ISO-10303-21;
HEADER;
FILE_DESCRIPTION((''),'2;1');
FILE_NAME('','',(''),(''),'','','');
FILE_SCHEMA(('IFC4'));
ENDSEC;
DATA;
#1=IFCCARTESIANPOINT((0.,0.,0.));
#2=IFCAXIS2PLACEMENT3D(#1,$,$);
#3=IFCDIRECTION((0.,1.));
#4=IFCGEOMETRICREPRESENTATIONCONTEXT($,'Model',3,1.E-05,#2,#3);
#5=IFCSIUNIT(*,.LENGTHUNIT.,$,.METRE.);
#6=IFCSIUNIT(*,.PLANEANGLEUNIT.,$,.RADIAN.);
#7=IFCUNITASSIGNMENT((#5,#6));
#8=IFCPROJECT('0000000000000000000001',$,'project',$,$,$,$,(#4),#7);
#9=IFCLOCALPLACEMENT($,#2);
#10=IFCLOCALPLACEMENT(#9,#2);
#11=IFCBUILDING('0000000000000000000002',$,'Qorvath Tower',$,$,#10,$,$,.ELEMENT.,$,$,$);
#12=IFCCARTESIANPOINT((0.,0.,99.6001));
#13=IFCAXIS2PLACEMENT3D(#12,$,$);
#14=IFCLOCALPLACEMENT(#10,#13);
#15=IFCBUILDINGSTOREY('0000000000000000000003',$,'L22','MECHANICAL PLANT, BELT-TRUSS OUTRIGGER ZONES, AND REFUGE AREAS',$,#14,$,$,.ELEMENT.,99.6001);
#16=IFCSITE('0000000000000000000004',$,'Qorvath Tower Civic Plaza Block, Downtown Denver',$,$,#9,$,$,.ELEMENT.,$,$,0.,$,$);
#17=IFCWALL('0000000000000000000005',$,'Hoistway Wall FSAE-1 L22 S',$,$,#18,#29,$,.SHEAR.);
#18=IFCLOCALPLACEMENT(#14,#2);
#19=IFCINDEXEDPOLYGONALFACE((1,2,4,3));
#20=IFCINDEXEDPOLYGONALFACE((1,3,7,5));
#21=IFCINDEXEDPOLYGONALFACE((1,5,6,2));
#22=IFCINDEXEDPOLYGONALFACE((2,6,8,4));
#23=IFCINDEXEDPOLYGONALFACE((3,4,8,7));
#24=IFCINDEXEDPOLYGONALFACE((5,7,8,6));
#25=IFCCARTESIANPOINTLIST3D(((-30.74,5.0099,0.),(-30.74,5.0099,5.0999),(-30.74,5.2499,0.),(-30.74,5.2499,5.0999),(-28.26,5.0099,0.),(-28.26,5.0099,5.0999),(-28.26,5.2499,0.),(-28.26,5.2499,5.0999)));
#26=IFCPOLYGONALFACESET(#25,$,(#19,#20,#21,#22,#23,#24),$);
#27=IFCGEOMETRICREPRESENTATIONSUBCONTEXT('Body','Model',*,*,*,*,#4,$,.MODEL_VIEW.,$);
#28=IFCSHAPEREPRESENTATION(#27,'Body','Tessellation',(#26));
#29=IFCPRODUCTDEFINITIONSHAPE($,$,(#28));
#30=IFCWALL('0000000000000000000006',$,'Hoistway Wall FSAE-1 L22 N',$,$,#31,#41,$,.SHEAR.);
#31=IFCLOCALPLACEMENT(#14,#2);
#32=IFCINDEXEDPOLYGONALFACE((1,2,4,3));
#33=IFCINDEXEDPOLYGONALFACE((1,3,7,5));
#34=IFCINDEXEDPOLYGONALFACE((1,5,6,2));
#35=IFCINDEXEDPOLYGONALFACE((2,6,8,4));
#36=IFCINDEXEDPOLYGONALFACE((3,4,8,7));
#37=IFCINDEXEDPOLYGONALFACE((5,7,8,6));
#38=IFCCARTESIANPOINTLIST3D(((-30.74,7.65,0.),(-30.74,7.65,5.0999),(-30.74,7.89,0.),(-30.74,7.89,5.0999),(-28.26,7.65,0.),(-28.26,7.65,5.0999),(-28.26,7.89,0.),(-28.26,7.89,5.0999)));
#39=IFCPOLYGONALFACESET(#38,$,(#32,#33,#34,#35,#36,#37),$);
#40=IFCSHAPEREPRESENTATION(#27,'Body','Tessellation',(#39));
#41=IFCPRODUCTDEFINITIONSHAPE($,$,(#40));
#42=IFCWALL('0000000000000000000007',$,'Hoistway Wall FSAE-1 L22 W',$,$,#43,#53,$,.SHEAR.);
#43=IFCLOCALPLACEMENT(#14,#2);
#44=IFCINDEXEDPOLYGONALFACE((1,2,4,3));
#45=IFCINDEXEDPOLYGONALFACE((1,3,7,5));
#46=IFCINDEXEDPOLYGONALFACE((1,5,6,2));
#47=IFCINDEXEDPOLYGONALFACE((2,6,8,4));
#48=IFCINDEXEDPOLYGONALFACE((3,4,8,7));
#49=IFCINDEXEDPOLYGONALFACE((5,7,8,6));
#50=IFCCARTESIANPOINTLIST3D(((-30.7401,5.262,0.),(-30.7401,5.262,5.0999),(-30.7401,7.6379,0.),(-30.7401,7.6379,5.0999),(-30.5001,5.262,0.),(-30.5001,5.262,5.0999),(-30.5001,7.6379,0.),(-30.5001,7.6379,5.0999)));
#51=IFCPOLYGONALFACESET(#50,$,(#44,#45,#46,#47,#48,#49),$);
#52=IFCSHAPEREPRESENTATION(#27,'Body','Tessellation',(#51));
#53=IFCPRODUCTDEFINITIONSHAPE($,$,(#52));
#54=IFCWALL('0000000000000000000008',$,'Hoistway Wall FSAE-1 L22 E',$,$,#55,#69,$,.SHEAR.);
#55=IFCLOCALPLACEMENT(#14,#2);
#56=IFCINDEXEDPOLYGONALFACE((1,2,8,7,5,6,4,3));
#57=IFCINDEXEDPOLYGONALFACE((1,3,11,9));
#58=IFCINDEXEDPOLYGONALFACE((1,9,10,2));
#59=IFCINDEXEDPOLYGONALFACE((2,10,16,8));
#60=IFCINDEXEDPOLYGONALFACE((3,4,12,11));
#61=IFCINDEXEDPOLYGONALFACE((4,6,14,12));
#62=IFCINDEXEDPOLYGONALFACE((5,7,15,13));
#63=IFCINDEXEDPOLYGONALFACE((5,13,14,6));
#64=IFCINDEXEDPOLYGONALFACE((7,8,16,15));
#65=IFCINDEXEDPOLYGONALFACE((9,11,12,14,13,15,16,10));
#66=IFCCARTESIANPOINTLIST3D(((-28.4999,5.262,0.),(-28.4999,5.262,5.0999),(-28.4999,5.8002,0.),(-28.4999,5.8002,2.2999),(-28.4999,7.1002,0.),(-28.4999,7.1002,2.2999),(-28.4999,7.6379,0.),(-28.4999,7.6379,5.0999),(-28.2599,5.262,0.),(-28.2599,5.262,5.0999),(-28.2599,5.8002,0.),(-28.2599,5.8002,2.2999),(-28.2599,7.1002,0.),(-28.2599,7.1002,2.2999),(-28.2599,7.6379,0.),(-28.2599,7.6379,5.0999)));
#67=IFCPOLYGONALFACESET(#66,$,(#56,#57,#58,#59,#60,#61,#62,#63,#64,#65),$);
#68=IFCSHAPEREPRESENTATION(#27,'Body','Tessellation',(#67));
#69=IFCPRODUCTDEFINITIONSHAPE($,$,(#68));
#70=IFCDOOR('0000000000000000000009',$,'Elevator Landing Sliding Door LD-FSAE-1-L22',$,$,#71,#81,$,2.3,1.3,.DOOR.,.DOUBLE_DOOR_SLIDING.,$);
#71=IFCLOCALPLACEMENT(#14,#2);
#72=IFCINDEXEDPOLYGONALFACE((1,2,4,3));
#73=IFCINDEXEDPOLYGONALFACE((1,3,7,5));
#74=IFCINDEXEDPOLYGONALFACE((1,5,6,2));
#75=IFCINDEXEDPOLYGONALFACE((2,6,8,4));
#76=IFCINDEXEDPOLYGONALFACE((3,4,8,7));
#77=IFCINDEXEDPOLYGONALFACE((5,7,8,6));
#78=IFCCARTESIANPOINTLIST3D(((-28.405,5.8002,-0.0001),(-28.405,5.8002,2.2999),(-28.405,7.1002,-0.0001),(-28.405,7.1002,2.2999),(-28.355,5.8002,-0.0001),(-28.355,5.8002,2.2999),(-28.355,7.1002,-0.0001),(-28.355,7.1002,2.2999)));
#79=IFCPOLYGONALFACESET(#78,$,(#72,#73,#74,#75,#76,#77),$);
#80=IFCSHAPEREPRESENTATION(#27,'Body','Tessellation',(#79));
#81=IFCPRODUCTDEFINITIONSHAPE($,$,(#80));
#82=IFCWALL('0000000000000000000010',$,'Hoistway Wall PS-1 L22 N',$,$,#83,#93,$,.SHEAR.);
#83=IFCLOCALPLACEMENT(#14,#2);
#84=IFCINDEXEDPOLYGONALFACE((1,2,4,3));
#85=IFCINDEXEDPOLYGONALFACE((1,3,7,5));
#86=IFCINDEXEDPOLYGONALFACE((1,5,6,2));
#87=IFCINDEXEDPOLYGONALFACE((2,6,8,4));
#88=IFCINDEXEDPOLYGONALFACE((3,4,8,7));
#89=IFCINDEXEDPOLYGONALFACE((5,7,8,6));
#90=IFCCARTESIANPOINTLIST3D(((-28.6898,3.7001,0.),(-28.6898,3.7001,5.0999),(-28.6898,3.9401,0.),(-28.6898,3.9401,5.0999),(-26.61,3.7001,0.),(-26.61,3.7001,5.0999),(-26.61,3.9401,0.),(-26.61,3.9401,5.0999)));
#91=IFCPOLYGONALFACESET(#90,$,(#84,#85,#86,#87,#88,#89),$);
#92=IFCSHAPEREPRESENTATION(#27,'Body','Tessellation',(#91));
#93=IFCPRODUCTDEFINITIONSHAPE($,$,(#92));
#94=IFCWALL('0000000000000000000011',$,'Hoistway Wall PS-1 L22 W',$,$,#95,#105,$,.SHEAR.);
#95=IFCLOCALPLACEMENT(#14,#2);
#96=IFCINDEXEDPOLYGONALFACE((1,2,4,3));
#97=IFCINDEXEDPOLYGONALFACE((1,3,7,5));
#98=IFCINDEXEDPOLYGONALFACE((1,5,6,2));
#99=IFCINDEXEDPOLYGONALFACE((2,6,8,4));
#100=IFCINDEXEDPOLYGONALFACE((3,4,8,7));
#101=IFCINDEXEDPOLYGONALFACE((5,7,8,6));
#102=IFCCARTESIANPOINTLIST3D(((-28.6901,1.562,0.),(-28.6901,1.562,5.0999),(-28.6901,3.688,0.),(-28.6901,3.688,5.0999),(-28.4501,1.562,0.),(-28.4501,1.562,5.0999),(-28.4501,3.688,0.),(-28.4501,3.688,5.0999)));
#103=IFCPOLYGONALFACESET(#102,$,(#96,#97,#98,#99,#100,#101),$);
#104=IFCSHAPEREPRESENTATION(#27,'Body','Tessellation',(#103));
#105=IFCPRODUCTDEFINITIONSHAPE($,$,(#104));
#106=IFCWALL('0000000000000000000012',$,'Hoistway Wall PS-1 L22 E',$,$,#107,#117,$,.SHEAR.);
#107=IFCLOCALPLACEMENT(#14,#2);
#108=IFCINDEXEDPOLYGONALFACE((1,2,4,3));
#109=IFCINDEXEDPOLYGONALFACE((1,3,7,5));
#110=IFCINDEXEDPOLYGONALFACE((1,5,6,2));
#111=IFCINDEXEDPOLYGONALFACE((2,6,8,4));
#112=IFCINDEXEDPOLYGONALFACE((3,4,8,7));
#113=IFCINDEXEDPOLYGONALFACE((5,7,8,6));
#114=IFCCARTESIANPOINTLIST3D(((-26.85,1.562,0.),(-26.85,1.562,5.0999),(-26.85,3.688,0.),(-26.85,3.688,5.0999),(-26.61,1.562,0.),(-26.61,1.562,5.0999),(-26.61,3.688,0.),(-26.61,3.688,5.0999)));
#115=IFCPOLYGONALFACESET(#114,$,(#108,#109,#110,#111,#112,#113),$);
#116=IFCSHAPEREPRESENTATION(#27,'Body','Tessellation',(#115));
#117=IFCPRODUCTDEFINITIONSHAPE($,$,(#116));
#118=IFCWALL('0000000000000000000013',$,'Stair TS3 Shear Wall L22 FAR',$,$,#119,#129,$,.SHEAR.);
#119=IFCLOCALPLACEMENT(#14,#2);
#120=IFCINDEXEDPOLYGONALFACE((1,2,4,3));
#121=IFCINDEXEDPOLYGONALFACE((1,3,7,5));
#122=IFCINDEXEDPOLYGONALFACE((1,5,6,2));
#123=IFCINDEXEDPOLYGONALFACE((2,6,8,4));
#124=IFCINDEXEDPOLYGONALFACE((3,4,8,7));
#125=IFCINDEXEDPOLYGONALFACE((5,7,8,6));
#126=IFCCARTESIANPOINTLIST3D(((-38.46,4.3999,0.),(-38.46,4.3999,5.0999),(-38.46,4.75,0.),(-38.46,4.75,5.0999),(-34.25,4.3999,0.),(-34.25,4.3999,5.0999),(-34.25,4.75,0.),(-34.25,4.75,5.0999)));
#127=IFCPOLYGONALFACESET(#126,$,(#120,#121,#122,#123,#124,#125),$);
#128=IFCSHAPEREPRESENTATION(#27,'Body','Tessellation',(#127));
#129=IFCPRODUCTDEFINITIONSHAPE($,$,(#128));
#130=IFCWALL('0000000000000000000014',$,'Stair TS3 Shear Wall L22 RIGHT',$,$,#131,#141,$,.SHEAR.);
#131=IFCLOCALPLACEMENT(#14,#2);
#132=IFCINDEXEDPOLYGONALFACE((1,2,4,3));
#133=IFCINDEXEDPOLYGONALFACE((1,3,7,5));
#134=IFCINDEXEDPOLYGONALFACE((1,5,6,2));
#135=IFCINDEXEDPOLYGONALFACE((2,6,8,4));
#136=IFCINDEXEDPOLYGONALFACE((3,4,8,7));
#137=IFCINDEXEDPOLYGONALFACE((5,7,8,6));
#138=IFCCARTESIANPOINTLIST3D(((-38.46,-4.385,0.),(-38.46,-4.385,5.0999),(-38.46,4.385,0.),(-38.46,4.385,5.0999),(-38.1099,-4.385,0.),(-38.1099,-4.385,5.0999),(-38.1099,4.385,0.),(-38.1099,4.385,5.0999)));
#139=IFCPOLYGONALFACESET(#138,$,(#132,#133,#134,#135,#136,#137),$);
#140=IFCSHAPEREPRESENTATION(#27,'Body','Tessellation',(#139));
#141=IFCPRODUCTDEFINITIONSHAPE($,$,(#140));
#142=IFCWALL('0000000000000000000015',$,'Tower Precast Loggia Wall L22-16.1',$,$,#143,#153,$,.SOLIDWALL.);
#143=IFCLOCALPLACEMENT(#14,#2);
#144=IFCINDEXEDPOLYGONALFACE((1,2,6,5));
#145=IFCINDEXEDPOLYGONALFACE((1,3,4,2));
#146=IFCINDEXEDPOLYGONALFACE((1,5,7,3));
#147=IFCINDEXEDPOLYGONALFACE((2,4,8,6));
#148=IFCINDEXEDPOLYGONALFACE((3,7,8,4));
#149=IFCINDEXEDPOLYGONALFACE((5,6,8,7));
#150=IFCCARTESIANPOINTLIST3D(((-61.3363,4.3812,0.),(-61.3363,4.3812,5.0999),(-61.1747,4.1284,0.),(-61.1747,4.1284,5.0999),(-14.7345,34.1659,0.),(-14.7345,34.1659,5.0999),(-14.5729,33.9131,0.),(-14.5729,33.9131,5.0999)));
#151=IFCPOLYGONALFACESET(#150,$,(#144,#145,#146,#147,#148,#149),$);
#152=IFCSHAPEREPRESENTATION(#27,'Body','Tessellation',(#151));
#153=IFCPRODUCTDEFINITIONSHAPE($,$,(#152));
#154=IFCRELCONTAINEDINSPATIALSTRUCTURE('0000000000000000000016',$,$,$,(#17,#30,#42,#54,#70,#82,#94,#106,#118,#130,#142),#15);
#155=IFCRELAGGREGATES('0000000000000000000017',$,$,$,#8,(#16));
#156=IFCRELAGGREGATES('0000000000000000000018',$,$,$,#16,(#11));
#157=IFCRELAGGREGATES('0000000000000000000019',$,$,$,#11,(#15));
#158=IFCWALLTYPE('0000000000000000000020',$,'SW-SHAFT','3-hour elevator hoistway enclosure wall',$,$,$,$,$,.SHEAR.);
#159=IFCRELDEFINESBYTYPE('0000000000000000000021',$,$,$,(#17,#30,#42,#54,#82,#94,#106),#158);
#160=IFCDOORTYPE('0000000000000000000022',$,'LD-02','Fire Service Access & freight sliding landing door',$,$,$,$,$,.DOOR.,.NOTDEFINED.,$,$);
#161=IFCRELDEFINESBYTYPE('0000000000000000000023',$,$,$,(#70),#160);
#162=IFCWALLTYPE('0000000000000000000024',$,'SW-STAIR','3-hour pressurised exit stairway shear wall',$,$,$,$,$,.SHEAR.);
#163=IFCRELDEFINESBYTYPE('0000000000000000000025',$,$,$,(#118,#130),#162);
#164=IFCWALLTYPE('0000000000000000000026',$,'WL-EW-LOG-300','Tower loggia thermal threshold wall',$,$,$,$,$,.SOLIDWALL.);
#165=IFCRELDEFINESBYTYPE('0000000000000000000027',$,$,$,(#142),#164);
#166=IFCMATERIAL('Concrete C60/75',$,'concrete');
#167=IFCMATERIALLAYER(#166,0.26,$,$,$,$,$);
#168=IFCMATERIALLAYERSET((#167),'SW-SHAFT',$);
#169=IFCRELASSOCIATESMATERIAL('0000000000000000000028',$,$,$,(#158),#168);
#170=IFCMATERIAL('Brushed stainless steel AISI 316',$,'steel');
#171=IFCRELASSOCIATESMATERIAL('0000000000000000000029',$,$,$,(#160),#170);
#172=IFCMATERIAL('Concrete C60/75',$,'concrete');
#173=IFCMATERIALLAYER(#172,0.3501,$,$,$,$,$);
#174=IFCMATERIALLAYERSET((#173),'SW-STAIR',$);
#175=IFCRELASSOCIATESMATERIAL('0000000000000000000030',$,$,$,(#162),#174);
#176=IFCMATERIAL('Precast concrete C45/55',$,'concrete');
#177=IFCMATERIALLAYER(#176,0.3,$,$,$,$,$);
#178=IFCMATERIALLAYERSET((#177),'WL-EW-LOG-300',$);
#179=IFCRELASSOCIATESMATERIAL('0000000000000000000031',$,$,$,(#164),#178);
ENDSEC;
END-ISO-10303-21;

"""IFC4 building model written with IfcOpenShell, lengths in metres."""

from ifc_helpers import new_model, si_unit, direction, frame, frame_2d, origin, place, context, subcontext, project, spatial, rectangle, extrude, material, layer, layer_set, type_object, element, fill, save


model = new_model("IFC4")

# Units and contexts
model_context = context("Model", 3, precision=1e-05, world=origin(), true_north=direction((0.0, 1.0)))
body_context = subcontext(model_context, "Body", "Model", "MODEL_VIEW")
ifc_project = project(units=[si_unit("LENGTHUNIT", "METRE"), si_unit("PLANEANGLEUNIT", "RADIAN")], contexts=[model_context])

# Site, building, storey
site_placement = place(None, origin())
site = spatial("IfcSite", under=ifc_project, at=site_placement, Name="Qorvath Tower Civic Plaza Block, Downtown Denver", CompositionType="ELEMENT", RefElevation=0.0)
building_placement = place(site_placement, origin())
building = spatial("IfcBuilding", under=site, at=building_placement, Name="Qorvath Tower", CompositionType="ELEMENT")
storey_placement = place(building_placement, frame((0.0, 0.0, 99.6001)))
storey = spatial("IfcBuildingStorey", under=building, at=storey_placement, Name="L22", Description="MECHANICAL PLANT, BELT-TRUSS OUTRIGGER ZONES, AND REFUGE AREAS", CompositionType="ELEMENT", Elevation=99.6001)

# Walls
ifc_material_1 = material(Name="Concrete C60/75", Category="concrete")
ifc_layer_1 = layer(ifc_material_1, 0.26)
ifc_layer_set_1 = layer_set([ifc_layer_1], Name="SW-SHAFT")
wall_type_1 = type_object("IfcWallType", Name="SW-SHAFT", Description="3-hour elevator hoistway enclosure wall", PredefinedType="SHEAR", material=ifc_layer_set_1)
for number, where, z_axis, x_axis, name in (
    (1, (-28.26, 5.1299, 0.0), (0.0, 0.0, 1.0), (-1.0, 0.0, 0.0), "Hoistway Wall FSAE-1 L22 S"),
    (2, (-30.74, 7.77, 0.0), (0.0, 0.0, 1.0), (1.0, 0.0, 0.0), "Hoistway Wall FSAE-1 L22 N"),
):
    element("IfcWall", number, at=place(storey_placement, frame(where, z_axis=z_axis, x_axis=x_axis)), inside=storey, type_object=wall_type_1, Name=name, PredefinedType="SHEAR", context=body_context, shape_type="SweptSolid", body=[
        extrude(rectangle(XDim=2.48, YDim=0.24, at=frame_2d((1.24, 0.0))), origin(), (0.0, 0.0, 1.0), 5.0999),
    ])
wall_1_placement = place(storey_placement, frame((-30.6201, 5.262, 0.0), z_axis=(0.0, 0.0, 1.0), x_axis=(0.0, 1.0, 0.0)))
element("IfcWall", 3, at=wall_1_placement, inside=storey, type_object=wall_type_1, Name="Hoistway Wall FSAE-1 L22 W", PredefinedType="SHEAR", context=body_context, shape_type="SweptSolid", body=[
    extrude(rectangle(XDim=2.376, YDim=0.24, at=frame_2d((1.188, 0.0))), origin(), (0.0, 0.0, 1.0), 5.0999),
])

# Wall, opening, door
wall_2_placement = place(storey_placement, frame((-28.3799, 7.6379, 0.0), z_axis=(0.0, 0.0, 1.0), x_axis=(0.0, -1.0, 0.0)))
wall_2 = element("IfcWall", 4, at=wall_2_placement, inside=storey, type_object=wall_type_1, Name="Hoistway Wall FSAE-1 L22 E", PredefinedType="SHEAR", context=body_context, shape_type="SweptSolid", body=[
    extrude(rectangle(XDim=2.376, YDim=0.24, at=frame_2d((1.188, 0.0))), origin(), (0.0, 0.0, 1.0), 5.0999),
])
opening_placement = place(wall_2_placement, frame((0.5378, 0.0, 0.0)))
opening = element("IfcOpeningElement", 5, at=opening_placement, cuts=wall_2, PredefinedType="OPENING", context=body_context, shape_type="SweptSolid", body=[
    extrude(rectangle(XDim=1.3, YDim=2.3, at=frame_2d((0.6499, 1.1499))), frame((0.0, 0.1299, 0.0), z_axis=(0.0, -1.0, 0.0), x_axis=(1.0, 0.0, 0.0)), (0.0, 0.0, 1.0), 0.26),
])
ifc_material_2 = material(Name="Brushed stainless steel AISI 316", Category="steel")
door_type = type_object("IfcDoorType", Name="LD-02", Description="Fire Service Access & freight sliding landing door", OperationType="NOTDEFINED", PredefinedType="DOOR", material=ifc_material_2)
door_placement = place(opening_placement, origin())
door = element("IfcDoor", 6, at=door_placement, inside=storey, type_object=door_type, Name="Elevator Landing Sliding Door LD-FSAE-1-L22", OperationType="DOUBLE_DOOR_SLIDING", OverallHeight=2.3, OverallWidth=1.3, PredefinedType="DOOR", context=body_context, shape_type="SweptSolid", body=[
    extrude(rectangle(XDim=1.3, YDim=2.3, at=frame_2d((0.6499, 1.1499))), frame((0.0, 0.0249, 0.0), z_axis=(0.0, -1.0, 0.0), x_axis=(1.0, 0.0, 0.0)), (0.0, 0.0, 1.0), 0.05),
])
fill(opening, door)

# Walls
wall_3_placement = place(storey_placement, frame((-28.6899, 3.8201, 0.0), z_axis=(0.0, 0.0, 1.0), x_axis=(1.0, 0.0, 0.0)))
element("IfcWall", 7, at=wall_3_placement, inside=storey, type_object=wall_type_1, Name="Hoistway Wall PS-1 L22 N", PredefinedType="SHEAR", context=body_context, shape_type="SweptSolid", body=[
    extrude(rectangle(XDim=2.0798, YDim=0.24, at=frame_2d((1.04, 0.0))), origin(), (0.0, 0.0, 1.0), 5.0999),
])
for number, where, z_axis, x_axis, name in (
    (8, (-28.5701, 1.562, 0.0), (0.0, 0.0, 1.0), (0.0, 1.0, 0.0), "Hoistway Wall PS-1 L22 W"),
    (9, (-26.73, 3.688, 0.0), (0.0, 0.0, 1.0), (0.0, -1.0, 0.0), "Hoistway Wall PS-1 L22 E"),
):
    element("IfcWall", number, at=place(storey_placement, frame(where, z_axis=z_axis, x_axis=x_axis)), inside=storey, type_object=wall_type_1, Name=name, PredefinedType="SHEAR", context=body_context, shape_type="SweptSolid", body=[
        extrude(rectangle(XDim=2.126, YDim=0.24, at=frame_2d((1.063, 0.0))), origin(), (0.0, 0.0, 1.0), 5.0999),
    ])
ifc_material_3 = material(Name="Concrete C60/75", Category="concrete")
ifc_layer_2 = layer(ifc_material_3, 0.3501)
ifc_layer_set_2 = layer_set([ifc_layer_2], Name="SW-STAIR")
wall_type_2 = type_object("IfcWallType", Name="SW-STAIR", Description="3-hour pressurised exit stairway shear wall", PredefinedType="SHEAR", material=ifc_layer_set_2)
wall_4_placement = place(storey_placement, frame((-34.25, 4.575, 0.0), z_axis=(0.0, 0.0, 1.0), x_axis=(-1.0, 0.0, 0.0)))
element("IfcWall", 10, at=wall_4_placement, inside=storey, type_object=wall_type_2, Name="Stair TS3 Shear Wall L22 FAR", PredefinedType="SHEAR", context=body_context, shape_type="SweptSolid", body=[
    extrude(rectangle(XDim=4.21, YDim=0.3501, at=frame_2d((2.105, 0.0))), origin(), (0.0, 0.0, 1.0), 5.0999),
])
wall_5_placement = place(storey_placement, frame((-38.2849, 4.385, 0.0), z_axis=(0.0, 0.0, 1.0), x_axis=(0.0, -1.0, 0.0)))
element("IfcWall", 11, at=wall_5_placement, inside=storey, type_object=wall_type_2, Name="Stair TS3 Shear Wall L22 RIGHT", PredefinedType="SHEAR", context=body_context, shape_type="SweptSolid", body=[
    extrude(rectangle(XDim=8.77, YDim=0.3501, at=frame_2d((4.385, 0.0))), origin(), (0.0, 0.0, 1.0), 5.0999),
])
ifc_material_4 = material(Name="Precast concrete C45/55", Category="concrete")
ifc_layer_3 = layer(ifc_material_4, 0.3)
ifc_layer_set_3 = layer_set([ifc_layer_3], Name="WL-EW-LOG-300")
wall_type_3 = type_object("IfcWallType", Name="WL-EW-LOG-300", Description="Tower loggia thermal threshold wall", PredefinedType="SOLIDWALL", material=ifc_layer_set_3)
wall_6_placement = place(storey_placement, frame((-61.2554, 4.2549, 0.0), z_axis=(0.0, 0.0, 1.0), x_axis=(0.842604, 0.538534, 0.0)))
element("IfcWall", 12, at=wall_6_placement, inside=storey, type_object=wall_type_3, Name="Tower Precast Loggia Wall L22-16.1", PredefinedType="SOLIDWALL", context=body_context, shape_type="SweptSolid", body=[
    extrude(rectangle(XDim=55.3069, YDim=0.3, at=frame_2d((27.6533, 0.0))), origin(), (0.0, 0.0, 1.0), 5.0999),
])

save(model, "model.ifc")
